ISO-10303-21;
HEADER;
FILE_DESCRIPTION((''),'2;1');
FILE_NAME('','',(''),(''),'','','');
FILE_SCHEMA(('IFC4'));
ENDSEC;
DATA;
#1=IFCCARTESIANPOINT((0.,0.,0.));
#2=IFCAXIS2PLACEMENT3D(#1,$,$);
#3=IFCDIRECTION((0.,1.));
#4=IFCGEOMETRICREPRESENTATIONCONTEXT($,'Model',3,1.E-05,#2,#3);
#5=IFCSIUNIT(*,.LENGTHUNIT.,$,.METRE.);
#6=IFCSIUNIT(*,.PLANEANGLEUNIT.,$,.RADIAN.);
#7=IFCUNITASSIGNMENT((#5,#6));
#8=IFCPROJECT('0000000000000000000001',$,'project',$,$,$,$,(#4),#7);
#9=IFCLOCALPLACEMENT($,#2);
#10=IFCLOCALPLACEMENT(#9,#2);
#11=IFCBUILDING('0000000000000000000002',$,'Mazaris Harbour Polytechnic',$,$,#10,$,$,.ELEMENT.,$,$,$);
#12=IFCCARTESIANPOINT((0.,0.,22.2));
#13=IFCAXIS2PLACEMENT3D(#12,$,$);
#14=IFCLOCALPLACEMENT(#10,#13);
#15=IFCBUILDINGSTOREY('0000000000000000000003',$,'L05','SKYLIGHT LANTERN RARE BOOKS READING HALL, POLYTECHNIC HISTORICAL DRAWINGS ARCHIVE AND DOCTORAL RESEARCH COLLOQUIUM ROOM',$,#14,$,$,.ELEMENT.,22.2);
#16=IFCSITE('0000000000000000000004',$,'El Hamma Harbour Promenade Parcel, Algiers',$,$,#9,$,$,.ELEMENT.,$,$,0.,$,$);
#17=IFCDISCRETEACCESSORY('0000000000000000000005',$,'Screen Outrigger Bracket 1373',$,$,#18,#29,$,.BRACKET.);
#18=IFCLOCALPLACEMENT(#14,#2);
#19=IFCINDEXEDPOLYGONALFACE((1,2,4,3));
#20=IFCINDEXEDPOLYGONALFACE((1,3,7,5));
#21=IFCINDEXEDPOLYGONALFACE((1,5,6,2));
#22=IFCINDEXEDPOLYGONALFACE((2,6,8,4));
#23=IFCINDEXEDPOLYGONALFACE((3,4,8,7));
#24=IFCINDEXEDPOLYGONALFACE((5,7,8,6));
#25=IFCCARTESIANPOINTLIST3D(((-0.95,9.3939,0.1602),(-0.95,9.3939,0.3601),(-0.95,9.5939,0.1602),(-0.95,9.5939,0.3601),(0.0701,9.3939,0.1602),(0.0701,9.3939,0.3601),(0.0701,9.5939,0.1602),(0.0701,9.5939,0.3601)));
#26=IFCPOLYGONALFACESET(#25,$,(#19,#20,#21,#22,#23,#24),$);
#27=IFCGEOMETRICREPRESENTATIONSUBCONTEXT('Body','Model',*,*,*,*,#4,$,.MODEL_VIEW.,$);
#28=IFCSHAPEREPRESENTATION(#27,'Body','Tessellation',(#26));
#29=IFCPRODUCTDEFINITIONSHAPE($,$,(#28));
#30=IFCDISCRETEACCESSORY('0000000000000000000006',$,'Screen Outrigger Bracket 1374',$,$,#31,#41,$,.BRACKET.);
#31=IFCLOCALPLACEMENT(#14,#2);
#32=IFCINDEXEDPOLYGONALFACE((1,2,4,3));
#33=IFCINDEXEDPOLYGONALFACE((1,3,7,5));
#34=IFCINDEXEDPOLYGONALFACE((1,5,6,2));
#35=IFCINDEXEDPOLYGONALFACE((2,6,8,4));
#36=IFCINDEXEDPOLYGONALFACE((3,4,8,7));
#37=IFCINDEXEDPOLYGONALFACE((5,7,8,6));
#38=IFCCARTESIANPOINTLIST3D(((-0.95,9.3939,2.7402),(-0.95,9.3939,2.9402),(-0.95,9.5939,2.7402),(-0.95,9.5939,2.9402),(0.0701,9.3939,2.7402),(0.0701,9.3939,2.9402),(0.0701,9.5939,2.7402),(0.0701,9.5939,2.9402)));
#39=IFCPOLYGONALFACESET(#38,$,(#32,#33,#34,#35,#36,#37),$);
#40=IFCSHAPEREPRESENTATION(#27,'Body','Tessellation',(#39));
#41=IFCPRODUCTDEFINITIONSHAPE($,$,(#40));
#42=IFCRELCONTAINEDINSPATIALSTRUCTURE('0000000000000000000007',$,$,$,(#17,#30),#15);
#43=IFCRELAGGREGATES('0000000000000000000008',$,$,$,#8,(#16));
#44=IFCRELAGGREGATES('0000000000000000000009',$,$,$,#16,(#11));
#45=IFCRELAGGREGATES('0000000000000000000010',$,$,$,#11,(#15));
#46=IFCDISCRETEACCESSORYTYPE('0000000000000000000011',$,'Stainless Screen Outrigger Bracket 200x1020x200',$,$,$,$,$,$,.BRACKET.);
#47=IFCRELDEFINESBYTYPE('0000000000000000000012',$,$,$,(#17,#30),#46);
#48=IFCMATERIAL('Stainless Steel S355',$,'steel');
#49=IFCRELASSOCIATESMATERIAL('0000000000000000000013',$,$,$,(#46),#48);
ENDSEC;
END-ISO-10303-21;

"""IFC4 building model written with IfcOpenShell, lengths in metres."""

from ifc_helpers import new_model, si_unit, direction, frame, origin, origin_2d, place, context, subcontext, project, spatial, rectangle, extrude, material, type_object, element, save


model = new_model("IFC4")

# Units and contexts
model_context = context("Model", 3, precision=1e-05, world=origin(), true_north=direction((0.0, 1.0)))
body_context = subcontext(model_context, "Body", "Model", "MODEL_VIEW")
ifc_project = project(units=[si_unit("LENGTHUNIT", "METRE"), si_unit("PLANEANGLEUNIT", "RADIAN")], contexts=[model_context])

# Site, building, storey
site_placement = place(None, origin())
site = spatial("IfcSite", under=ifc_project, at=site_placement, Name="El Hamma Harbour Promenade Parcel, Algiers", CompositionType="ELEMENT", RefElevation=0.0)
building_placement = place(site_placement, origin())
building = spatial("IfcBuilding", under=site, at=building_placement, Name="Mazaris Harbour Polytechnic", CompositionType="ELEMENT")
storey_placement = place(building_placement, frame((0.0, 0.0, 22.2)))
storey = spatial("IfcBuildingStorey", under=building, at=storey_placement, Name="L05", Description="SKYLIGHT LANTERN RARE BOOKS READING HALL, POLYTECHNIC HISTORICAL DRAWINGS ARCHIVE AND DOCTORAL RESEARCH COLLOQUIUM ROOM", CompositionType="ELEMENT", Elevation=22.2)

# Discrete accessories
ifc_material_1 = material(Name="Stainless Steel S355", Category="steel")
discrete_accessory_type = type_object("IfcDiscreteAccessoryType", Name="Stainless Screen Outrigger Bracket 200x1020x200", PredefinedType="BRACKET", material=ifc_material_1)
for number, where, z_axis, x_axis, name in (
    (1, (-0.4399, 9.4939, 0.1602), (0.0, 0.0, 1.0), (0.0, 1.0, 0.0), "Screen Outrigger Bracket 1373"),
    (2, (-0.4399, 9.4939, 2.7402), (0.0, 0.0, 1.0), (0.0, 1.0, 0.0), "Screen Outrigger Bracket 1374"),
):
    element("IfcDiscreteAccessory", number, at=place(storey_placement, frame(where, z_axis=z_axis, x_axis=x_axis)), inside=storey, type_object=discrete_accessory_type, Name=name, PredefinedType="BRACKET", context=body_context, shape_type="SweptSolid", body=[
        extrude(rectangle(XDim=0.2, YDim=1.02, at=origin_2d()), origin(), (0.0, 0.0, 1.0), 0.2),
    ])

save(model, "model.ifc")
